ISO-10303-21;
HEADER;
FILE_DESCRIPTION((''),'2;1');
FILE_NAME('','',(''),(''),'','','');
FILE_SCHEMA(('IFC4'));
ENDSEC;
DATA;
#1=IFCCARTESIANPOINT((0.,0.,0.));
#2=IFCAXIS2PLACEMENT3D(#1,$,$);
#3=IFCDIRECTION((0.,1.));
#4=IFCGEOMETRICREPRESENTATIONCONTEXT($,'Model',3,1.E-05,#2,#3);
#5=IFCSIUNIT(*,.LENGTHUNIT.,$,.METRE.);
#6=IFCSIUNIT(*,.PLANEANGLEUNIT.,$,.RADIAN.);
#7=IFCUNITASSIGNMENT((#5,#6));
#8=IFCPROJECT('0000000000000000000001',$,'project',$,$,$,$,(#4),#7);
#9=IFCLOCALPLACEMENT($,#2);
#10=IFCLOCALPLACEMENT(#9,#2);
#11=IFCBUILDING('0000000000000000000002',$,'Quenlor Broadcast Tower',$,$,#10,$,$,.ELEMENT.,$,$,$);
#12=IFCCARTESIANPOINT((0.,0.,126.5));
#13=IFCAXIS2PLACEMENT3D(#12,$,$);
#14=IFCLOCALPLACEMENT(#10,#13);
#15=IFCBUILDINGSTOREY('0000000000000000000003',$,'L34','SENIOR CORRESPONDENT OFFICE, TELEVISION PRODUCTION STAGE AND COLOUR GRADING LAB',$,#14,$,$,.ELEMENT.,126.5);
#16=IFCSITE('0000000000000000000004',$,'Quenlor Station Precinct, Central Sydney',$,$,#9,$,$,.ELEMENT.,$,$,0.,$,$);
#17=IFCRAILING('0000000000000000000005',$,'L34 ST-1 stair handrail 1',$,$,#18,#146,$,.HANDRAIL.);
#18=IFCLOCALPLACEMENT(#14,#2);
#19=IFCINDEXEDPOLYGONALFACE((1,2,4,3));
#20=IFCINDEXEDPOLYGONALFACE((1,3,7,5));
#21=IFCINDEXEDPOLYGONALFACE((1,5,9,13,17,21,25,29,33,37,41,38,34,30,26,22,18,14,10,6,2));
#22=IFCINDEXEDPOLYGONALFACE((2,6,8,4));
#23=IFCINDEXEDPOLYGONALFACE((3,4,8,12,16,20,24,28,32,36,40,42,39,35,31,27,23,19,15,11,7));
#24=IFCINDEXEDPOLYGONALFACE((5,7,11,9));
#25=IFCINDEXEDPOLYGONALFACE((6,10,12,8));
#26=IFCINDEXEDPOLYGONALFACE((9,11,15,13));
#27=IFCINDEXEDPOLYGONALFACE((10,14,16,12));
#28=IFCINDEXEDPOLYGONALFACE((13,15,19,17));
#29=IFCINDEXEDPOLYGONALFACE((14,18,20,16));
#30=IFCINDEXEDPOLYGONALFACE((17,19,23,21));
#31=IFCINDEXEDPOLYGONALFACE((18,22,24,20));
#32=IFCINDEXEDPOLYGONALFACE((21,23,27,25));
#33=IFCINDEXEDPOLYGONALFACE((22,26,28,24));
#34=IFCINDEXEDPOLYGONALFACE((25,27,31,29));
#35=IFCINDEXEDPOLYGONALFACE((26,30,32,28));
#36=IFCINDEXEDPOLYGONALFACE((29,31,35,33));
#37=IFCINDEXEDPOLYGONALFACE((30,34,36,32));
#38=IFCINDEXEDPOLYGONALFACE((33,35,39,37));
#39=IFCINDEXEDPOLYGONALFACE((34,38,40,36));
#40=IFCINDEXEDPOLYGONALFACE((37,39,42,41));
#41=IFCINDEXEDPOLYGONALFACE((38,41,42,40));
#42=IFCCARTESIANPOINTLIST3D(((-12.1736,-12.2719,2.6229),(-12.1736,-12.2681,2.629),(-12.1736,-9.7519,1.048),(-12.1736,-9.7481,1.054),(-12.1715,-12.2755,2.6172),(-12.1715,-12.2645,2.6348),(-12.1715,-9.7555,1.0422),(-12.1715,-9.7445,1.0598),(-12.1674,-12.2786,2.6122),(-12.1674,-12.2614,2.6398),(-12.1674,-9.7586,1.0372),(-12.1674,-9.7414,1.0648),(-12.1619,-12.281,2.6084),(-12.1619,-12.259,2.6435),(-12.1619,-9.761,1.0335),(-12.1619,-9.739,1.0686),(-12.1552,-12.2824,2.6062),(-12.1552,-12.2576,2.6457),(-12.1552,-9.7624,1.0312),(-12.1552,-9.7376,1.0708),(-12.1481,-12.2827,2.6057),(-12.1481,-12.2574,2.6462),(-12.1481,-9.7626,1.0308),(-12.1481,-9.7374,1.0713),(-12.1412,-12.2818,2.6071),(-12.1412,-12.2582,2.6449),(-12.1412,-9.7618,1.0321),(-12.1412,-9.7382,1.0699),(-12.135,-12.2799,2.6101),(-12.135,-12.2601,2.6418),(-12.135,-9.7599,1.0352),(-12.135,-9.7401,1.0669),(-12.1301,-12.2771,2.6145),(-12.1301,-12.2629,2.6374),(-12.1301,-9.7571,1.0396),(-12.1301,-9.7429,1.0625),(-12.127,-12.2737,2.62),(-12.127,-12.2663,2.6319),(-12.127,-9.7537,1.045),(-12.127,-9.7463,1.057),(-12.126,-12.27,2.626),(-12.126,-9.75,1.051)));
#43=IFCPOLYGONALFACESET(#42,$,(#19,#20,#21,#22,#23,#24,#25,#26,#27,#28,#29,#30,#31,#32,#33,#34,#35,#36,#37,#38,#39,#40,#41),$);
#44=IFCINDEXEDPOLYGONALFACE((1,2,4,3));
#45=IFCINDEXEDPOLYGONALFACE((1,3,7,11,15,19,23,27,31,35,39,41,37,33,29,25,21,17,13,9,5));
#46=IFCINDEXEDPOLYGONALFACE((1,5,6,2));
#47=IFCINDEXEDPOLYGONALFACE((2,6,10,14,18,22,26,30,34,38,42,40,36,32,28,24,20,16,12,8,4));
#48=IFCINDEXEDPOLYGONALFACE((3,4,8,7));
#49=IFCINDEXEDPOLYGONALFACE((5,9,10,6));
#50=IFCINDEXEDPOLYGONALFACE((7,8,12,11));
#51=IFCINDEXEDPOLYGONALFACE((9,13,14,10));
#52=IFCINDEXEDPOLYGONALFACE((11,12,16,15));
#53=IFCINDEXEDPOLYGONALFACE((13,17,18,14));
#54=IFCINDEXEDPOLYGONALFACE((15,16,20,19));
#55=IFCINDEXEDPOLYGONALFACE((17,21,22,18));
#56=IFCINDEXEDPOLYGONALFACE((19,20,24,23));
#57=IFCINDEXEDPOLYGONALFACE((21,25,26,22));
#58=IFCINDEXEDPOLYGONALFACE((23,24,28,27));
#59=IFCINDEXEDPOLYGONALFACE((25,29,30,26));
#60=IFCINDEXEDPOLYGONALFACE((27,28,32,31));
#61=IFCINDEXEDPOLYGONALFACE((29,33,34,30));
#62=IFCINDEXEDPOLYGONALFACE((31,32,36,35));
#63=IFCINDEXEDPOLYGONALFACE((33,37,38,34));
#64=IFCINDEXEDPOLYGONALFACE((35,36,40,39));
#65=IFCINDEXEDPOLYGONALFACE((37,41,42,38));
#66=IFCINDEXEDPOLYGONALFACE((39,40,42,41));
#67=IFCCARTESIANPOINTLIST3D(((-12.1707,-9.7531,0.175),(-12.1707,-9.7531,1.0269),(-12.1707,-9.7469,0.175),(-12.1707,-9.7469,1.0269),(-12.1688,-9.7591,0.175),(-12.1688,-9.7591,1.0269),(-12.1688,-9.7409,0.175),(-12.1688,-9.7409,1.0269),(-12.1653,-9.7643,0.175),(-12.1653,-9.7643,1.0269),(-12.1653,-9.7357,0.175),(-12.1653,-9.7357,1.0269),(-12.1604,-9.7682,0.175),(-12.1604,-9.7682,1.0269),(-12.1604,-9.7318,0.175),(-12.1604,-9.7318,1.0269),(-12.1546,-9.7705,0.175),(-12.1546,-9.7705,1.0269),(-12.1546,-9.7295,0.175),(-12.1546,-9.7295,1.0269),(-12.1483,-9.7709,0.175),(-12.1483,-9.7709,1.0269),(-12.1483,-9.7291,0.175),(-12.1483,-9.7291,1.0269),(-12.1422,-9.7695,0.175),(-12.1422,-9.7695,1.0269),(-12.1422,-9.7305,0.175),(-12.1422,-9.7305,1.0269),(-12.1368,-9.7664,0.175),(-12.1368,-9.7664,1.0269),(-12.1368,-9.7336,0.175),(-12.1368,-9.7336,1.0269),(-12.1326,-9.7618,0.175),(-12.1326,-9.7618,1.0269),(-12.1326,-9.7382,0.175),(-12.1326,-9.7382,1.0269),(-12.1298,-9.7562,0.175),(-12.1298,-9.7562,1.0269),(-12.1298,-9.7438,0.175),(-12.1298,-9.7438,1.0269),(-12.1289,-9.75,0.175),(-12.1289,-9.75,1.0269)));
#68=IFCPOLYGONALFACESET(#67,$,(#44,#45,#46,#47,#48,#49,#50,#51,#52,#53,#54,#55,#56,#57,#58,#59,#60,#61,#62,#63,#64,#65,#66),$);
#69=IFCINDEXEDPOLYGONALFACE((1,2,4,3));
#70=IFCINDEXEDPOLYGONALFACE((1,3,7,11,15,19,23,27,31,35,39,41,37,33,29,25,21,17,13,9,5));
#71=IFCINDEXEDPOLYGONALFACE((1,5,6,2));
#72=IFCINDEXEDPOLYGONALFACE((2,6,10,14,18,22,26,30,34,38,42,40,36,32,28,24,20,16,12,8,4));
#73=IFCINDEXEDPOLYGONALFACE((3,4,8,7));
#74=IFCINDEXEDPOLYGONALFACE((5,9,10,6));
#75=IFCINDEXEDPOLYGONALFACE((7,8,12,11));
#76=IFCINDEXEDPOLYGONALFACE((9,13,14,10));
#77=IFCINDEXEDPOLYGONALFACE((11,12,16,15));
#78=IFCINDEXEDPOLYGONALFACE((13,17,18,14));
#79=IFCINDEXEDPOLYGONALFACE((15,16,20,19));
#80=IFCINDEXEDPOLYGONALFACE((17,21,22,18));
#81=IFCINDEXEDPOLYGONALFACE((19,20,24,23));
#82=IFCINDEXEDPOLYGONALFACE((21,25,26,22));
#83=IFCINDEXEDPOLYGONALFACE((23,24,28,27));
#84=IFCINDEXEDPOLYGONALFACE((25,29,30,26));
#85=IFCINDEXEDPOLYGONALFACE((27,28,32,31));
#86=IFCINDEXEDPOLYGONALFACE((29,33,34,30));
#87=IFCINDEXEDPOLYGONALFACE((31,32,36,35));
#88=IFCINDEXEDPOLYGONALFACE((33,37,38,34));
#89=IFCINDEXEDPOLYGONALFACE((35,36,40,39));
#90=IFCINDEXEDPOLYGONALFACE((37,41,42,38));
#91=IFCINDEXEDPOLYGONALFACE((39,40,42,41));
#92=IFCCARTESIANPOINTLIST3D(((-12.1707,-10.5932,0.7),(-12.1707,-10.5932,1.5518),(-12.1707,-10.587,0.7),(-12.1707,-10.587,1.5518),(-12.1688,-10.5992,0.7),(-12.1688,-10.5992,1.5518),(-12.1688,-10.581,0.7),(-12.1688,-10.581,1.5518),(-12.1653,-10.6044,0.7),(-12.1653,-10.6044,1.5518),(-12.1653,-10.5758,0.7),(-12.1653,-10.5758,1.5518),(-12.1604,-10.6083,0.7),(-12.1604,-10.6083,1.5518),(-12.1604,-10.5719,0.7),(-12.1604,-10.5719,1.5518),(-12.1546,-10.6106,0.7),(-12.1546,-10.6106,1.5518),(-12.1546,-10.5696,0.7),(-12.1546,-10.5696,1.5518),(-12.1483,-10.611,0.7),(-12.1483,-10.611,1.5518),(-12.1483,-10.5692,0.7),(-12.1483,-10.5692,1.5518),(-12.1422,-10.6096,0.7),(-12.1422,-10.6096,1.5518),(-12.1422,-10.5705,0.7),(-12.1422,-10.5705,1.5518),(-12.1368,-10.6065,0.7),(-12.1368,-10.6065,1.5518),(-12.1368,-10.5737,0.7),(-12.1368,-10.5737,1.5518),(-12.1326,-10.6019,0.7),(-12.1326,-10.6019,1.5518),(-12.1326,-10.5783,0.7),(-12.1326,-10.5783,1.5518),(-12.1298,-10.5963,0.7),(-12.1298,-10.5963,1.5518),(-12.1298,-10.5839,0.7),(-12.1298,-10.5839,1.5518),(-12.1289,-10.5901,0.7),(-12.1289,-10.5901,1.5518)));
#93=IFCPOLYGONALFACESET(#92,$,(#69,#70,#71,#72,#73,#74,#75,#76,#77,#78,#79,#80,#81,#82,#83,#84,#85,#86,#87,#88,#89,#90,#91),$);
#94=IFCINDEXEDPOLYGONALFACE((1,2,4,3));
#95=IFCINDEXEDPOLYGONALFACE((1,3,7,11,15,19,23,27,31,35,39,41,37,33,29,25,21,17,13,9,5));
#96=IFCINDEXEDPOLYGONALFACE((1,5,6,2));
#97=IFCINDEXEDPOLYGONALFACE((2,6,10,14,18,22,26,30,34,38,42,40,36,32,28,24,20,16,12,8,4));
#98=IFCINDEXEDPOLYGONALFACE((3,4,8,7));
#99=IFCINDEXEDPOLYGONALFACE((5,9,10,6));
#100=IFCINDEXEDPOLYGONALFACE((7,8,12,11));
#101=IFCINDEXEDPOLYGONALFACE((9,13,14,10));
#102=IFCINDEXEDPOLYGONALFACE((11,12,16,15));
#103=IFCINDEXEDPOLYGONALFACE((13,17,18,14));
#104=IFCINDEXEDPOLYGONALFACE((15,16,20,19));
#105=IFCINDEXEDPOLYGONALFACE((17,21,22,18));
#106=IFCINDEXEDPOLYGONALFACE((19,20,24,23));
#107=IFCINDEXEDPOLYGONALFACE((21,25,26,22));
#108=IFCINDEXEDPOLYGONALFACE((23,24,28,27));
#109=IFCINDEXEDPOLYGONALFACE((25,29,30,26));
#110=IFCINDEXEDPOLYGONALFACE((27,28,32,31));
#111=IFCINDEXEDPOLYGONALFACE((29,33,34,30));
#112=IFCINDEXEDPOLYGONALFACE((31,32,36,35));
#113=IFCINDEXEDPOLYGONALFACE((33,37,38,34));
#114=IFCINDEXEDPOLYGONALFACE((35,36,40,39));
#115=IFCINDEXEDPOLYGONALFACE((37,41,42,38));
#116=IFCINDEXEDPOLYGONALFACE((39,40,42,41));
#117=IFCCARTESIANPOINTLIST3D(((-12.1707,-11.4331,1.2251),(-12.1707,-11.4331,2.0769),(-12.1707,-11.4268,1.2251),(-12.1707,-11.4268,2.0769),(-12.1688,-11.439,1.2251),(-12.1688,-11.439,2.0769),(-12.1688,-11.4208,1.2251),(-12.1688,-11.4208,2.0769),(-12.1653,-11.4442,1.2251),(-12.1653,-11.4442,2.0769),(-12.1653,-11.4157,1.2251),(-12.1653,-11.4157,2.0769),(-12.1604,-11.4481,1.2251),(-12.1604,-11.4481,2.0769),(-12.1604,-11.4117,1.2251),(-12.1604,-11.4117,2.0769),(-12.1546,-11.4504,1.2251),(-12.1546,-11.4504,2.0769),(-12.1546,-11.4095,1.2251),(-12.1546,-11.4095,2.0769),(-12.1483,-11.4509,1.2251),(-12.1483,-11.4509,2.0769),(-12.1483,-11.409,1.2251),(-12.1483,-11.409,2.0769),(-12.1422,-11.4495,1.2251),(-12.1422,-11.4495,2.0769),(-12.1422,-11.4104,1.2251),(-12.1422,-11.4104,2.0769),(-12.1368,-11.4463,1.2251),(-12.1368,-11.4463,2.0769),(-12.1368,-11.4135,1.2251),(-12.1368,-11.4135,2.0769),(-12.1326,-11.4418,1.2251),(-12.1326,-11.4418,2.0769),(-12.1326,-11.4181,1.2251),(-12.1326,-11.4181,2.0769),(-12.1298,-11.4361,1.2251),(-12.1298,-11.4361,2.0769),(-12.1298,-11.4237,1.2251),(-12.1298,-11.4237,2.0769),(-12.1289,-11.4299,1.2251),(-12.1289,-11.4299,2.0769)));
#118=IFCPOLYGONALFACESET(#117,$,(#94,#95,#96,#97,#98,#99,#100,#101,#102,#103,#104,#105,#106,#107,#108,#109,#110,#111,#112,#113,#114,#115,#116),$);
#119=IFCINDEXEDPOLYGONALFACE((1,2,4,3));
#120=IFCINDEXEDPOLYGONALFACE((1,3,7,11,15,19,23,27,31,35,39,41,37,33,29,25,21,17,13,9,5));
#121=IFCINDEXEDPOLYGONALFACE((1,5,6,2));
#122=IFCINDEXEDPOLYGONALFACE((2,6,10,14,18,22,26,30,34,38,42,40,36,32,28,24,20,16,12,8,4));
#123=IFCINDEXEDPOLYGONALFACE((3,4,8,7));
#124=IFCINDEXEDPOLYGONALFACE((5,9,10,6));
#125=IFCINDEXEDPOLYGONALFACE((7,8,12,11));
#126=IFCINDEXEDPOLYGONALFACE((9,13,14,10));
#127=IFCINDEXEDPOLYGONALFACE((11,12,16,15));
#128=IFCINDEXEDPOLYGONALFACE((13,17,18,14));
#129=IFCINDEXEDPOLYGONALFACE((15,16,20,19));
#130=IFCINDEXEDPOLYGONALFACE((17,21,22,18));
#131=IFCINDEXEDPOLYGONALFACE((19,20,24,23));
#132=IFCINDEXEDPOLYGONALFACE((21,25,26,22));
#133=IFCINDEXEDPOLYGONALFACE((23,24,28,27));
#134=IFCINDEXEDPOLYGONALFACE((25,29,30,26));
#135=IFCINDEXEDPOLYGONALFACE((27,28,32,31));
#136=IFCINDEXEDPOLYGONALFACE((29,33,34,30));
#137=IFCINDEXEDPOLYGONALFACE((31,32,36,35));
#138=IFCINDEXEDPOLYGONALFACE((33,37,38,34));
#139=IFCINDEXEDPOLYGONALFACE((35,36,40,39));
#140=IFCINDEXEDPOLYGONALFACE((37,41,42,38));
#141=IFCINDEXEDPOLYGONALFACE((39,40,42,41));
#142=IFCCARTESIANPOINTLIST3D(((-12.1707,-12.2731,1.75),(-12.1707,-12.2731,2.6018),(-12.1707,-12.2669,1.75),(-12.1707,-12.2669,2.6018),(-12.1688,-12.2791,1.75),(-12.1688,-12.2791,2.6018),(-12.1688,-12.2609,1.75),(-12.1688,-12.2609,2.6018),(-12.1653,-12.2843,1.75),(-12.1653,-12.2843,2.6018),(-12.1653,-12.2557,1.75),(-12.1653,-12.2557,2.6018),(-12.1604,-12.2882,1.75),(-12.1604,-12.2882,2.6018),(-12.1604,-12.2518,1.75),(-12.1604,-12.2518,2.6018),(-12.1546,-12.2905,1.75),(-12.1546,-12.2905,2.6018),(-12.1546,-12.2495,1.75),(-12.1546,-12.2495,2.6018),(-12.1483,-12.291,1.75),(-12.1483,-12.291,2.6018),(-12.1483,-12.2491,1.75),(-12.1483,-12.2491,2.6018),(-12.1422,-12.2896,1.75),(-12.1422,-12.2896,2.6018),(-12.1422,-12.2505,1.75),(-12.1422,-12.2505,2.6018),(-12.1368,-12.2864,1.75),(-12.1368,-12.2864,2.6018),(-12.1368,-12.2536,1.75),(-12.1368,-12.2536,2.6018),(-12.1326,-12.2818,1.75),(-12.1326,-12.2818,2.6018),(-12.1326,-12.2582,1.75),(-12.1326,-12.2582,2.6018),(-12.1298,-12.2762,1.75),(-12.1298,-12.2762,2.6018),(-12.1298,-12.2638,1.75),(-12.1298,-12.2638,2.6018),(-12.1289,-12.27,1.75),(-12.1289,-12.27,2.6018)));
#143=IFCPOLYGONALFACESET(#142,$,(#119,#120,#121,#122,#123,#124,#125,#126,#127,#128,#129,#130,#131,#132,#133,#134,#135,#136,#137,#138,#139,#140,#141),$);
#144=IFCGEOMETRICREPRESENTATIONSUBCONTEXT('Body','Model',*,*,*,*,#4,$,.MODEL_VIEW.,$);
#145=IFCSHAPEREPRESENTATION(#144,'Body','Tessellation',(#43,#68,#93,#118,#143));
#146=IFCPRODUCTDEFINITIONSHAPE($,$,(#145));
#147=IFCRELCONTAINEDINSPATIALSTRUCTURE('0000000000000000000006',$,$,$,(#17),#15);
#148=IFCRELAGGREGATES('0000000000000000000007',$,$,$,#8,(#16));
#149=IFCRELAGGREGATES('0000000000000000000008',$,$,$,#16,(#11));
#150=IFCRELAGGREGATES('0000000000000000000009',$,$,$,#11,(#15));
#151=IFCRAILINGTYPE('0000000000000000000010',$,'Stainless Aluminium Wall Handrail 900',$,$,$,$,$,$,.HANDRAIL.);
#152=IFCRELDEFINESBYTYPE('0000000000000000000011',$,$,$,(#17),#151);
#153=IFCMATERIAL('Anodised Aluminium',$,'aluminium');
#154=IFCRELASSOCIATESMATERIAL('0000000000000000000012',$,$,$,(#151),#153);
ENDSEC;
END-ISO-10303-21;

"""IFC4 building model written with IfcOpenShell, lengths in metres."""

from ifc_helpers import new_model, si_unit, direction, frame, origin, origin_2d, place, context, subcontext, project, spatial, circle, extrude, material, type_object, element, save


model = new_model("IFC4")

# Units and contexts
model_context = context("Model", 3, precision=1e-05, world=origin(), true_north=direction((0.0, 1.0)))
body_context = subcontext(model_context, "Body", "Model", "MODEL_VIEW")
ifc_project = project(units=[si_unit("LENGTHUNIT", "METRE"), si_unit("PLANEANGLEUNIT", "RADIAN")], contexts=[model_context])

# Site, building, storey
site_placement = place(None, origin())
site = spatial("IfcSite", under=ifc_project, at=site_placement, Name="Quenlor Station Precinct, Central Sydney", CompositionType="ELEMENT", RefElevation=0.0)
building_placement = place(site_placement, origin())
building = spatial("IfcBuilding", under=site, at=building_placement, Name="Quenlor Broadcast Tower", CompositionType="ELEMENT")
storey_placement = place(building_placement, frame((0.0, 0.0, 126.5)))
storey = spatial("IfcBuildingStorey", under=building, at=storey_placement, Name="L34", Description="SENIOR CORRESPONDENT OFFICE, TELEVISION PRODUCTION STAGE AND COLOUR GRADING LAB", CompositionType="ELEMENT", Elevation=126.5)

# Railing
ifc_material_1 = material(Name="Anodised Aluminium", Category="aluminium")
railing_type_1 = type_object("IfcRailingType", Name="Stainless Aluminium Wall Handrail 900", PredefinedType="HANDRAIL", material=ifc_material_1)
railing_1_placement = place(storey_placement, frame((-12.1499, -9.75, 0.175)))
element("IfcRailing", 1, at=railing_1_placement, inside=storey, type_object=railing_type_1, Name="L34 ST-1 stair handrail 1", PredefinedType="HANDRAIL", context=body_context, shape_type="SweptSolid", body=[
    extrude(circle(Radius=0.0239, at=origin_2d()), frame((0.0, 0.0, 0.876), z_axis=(0.0, -0.848008, 0.529984), x_axis=(1.0, 0.0, 0.0)), (0.0, 0.0, 1.0), 2.9717),
    extrude(circle(Radius=0.021, at=origin_2d()), origin(), (0.0, 0.0, 1.0), 0.8518),
    extrude(circle(Radius=0.021, at=origin_2d()), frame((0.0, -0.8401, 0.5249)), (0.0, 0.0, 1.0), 0.8518),
    extrude(circle(Radius=0.021, at=origin_2d()), frame((0.0, -1.6799, 1.05)), (0.0, 0.0, 1.0), 0.8518),
    extrude(circle(Radius=0.021, at=origin_2d()), frame((0.0, -2.52, 1.575)), (0.0, 0.0, 1.0), 0.8518),
])

save(model, "model.ifc")
